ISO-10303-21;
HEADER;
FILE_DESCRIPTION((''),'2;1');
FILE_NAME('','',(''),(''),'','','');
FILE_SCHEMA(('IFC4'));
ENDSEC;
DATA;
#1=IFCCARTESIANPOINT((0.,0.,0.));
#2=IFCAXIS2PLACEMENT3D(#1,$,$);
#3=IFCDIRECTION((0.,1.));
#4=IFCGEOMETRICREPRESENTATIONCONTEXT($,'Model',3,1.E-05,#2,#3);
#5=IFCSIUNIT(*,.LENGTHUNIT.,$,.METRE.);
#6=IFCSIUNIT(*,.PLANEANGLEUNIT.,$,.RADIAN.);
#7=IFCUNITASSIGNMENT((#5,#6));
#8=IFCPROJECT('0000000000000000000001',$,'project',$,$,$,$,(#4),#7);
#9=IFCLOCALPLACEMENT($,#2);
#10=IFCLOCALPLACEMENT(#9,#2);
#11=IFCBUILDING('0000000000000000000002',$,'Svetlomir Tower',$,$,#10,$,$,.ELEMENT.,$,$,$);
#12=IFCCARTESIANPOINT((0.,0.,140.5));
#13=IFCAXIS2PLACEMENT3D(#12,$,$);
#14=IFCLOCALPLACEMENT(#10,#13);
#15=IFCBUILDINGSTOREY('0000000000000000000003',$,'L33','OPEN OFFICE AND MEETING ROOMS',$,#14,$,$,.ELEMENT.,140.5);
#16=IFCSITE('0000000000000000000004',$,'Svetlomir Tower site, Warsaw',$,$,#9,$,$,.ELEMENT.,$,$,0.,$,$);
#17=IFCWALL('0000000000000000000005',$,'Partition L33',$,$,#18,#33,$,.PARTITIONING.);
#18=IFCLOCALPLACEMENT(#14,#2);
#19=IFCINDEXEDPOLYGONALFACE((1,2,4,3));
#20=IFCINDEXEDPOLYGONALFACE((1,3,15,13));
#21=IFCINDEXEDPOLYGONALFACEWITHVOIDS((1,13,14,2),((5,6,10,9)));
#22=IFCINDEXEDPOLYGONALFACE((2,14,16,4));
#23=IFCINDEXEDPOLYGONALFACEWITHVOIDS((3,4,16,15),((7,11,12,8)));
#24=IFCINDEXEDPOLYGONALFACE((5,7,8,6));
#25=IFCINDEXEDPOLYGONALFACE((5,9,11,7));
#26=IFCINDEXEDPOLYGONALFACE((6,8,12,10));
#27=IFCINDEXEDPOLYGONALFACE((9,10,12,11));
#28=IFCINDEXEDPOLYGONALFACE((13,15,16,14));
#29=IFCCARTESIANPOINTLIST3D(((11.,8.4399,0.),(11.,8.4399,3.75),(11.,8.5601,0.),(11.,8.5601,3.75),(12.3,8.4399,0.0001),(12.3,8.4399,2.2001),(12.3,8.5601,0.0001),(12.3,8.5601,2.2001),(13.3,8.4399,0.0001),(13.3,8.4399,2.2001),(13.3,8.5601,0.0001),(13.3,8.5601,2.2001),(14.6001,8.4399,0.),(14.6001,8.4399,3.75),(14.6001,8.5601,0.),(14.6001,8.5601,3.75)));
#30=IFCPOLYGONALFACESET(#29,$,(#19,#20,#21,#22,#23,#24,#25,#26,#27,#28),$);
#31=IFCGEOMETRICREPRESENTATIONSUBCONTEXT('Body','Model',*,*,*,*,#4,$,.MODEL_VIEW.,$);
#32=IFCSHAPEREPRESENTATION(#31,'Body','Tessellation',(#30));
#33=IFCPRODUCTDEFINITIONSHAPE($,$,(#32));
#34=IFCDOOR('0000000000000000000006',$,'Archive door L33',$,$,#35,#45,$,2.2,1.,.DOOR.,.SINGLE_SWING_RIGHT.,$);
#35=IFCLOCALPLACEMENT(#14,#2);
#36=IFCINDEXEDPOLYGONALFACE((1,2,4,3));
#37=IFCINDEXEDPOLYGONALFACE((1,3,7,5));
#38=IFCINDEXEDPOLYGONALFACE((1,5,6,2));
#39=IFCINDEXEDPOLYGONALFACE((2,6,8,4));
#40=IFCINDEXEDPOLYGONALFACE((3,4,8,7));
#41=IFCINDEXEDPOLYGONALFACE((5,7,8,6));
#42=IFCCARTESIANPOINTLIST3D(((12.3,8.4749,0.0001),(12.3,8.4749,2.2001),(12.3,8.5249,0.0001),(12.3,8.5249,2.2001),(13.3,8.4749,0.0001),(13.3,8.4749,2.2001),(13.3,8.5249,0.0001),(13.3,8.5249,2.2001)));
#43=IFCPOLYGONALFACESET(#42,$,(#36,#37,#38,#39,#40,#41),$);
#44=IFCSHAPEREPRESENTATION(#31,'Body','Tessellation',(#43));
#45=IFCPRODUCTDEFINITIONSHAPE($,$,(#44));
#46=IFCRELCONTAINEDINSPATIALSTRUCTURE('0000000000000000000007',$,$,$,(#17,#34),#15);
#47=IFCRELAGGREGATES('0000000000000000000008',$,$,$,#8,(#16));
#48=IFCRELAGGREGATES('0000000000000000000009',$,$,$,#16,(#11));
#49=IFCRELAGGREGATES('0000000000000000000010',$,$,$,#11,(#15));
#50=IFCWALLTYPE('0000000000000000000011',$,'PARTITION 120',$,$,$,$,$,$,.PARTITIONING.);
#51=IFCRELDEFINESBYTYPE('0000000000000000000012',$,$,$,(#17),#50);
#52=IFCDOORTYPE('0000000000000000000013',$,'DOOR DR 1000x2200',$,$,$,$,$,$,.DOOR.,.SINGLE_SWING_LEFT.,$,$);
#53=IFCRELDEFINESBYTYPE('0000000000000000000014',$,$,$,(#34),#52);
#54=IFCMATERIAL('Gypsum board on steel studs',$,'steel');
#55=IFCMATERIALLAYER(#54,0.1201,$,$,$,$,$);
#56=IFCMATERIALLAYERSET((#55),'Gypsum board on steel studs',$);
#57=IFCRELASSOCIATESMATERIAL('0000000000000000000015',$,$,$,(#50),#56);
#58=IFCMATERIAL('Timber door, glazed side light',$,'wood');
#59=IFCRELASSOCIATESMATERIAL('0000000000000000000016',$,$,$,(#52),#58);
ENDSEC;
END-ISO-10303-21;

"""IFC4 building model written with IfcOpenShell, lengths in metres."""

from ifc_helpers import new_model, si_unit, direction, frame, frame_2d, origin, place, context, subcontext, project, spatial, rectangle, extrude, material, layer, layer_set, type_object, element, fill, save


model = new_model("IFC4")

# Units and contexts
model_context = context("Model", 3, precision=1e-05, world=origin(), true_north=direction((0.0, 1.0)))
body_context = subcontext(model_context, "Body", "Model", "MODEL_VIEW")
ifc_project = project(units=[si_unit("LENGTHUNIT", "METRE"), si_unit("PLANEANGLEUNIT", "RADIAN")], contexts=[model_context])

# Site, building, storey
site_placement = place(None, origin())
site = spatial("IfcSite", under=ifc_project, at=site_placement, Name="Svetlomir Tower site, Warsaw", CompositionType="ELEMENT", RefElevation=0.0)
building_placement = place(site_placement, origin())
building = spatial("IfcBuilding", under=site, at=building_placement, Name="Svetlomir Tower", CompositionType="ELEMENT")
storey_placement = place(building_placement, frame((0.0, 0.0, 140.5)))
storey = spatial("IfcBuildingStorey", under=building, at=storey_placement, Name="L33", Description="OPEN OFFICE AND MEETING ROOMS", CompositionType="ELEMENT", Elevation=140.5)

# Wall, opening, door
ifc_material_1 = material(Name="Gypsum board on steel studs", Category="steel")
ifc_layer_1 = layer(ifc_material_1, 0.1201)
ifc_layer_set_1 = layer_set([ifc_layer_1], Name="Gypsum board on steel studs")
wall_type_1 = type_object("IfcWallType", Name="PARTITION 120", PredefinedType="PARTITIONING", material=ifc_layer_set_1)
wall_1_placement = place(storey_placement, frame((11.0, 8.5, 0.0), z_axis=(0.0, 0.0, 1.0), x_axis=(1.0, 0.0, 0.0)))
wall_1 = element("IfcWall", 1, at=wall_1_placement, inside=storey, type_object=wall_type_1, Name="Partition L33", PredefinedType="PARTITIONING", context=body_context, shape_type="SweptSolid", body=[
    extrude(rectangle(XDim=3.6001, YDim=0.1201, at=frame_2d((1.8, 0.0))), origin(), (0.0, 0.0, 1.0), 3.75),
])
opening_placement = place(wall_1_placement, frame((1.3, 0.0, 0.0)))
opening = element("IfcOpeningElement", 2, at=opening_placement, cuts=wall_1, PredefinedType="OPENING", context=body_context, shape_type="SweptSolid", body=[
    extrude(rectangle(XDim=1.0, YDim=2.2, at=frame_2d((0.5, 1.1001))), frame((0.0, 0.0701, 0.0), z_axis=(0.0, -1.0, 0.0), x_axis=(1.0, 0.0, 0.0)), (0.0, 0.0, 1.0), 0.1401),
])
ifc_material_2 = material(Name="Timber door, glazed side light", Category="wood")
door_type = type_object("IfcDoorType", Name="DOOR DR 1000x2200", OperationType="SINGLE_SWING_LEFT", PredefinedType="DOOR", material=ifc_material_2)
door_placement = place(opening_placement, origin())
door = element("IfcDoor", 3, at=door_placement, inside=storey, type_object=door_type, Name="Archive door L33", OperationType="SINGLE_SWING_RIGHT", OverallHeight=2.2, OverallWidth=1.0, PredefinedType="DOOR", context=body_context, shape_type="SweptSolid", body=[
    extrude(rectangle(XDim=1.0, YDim=2.2, at=frame_2d((0.5, 1.1001))), frame((0.0, 0.0249, 0.0), z_axis=(0.0, -1.0, 0.0), x_axis=(1.0, 0.0, 0.0)), (0.0, 0.0, 1.0), 0.05),
])
fill(opening, door)

save(model, "model.ifc")
